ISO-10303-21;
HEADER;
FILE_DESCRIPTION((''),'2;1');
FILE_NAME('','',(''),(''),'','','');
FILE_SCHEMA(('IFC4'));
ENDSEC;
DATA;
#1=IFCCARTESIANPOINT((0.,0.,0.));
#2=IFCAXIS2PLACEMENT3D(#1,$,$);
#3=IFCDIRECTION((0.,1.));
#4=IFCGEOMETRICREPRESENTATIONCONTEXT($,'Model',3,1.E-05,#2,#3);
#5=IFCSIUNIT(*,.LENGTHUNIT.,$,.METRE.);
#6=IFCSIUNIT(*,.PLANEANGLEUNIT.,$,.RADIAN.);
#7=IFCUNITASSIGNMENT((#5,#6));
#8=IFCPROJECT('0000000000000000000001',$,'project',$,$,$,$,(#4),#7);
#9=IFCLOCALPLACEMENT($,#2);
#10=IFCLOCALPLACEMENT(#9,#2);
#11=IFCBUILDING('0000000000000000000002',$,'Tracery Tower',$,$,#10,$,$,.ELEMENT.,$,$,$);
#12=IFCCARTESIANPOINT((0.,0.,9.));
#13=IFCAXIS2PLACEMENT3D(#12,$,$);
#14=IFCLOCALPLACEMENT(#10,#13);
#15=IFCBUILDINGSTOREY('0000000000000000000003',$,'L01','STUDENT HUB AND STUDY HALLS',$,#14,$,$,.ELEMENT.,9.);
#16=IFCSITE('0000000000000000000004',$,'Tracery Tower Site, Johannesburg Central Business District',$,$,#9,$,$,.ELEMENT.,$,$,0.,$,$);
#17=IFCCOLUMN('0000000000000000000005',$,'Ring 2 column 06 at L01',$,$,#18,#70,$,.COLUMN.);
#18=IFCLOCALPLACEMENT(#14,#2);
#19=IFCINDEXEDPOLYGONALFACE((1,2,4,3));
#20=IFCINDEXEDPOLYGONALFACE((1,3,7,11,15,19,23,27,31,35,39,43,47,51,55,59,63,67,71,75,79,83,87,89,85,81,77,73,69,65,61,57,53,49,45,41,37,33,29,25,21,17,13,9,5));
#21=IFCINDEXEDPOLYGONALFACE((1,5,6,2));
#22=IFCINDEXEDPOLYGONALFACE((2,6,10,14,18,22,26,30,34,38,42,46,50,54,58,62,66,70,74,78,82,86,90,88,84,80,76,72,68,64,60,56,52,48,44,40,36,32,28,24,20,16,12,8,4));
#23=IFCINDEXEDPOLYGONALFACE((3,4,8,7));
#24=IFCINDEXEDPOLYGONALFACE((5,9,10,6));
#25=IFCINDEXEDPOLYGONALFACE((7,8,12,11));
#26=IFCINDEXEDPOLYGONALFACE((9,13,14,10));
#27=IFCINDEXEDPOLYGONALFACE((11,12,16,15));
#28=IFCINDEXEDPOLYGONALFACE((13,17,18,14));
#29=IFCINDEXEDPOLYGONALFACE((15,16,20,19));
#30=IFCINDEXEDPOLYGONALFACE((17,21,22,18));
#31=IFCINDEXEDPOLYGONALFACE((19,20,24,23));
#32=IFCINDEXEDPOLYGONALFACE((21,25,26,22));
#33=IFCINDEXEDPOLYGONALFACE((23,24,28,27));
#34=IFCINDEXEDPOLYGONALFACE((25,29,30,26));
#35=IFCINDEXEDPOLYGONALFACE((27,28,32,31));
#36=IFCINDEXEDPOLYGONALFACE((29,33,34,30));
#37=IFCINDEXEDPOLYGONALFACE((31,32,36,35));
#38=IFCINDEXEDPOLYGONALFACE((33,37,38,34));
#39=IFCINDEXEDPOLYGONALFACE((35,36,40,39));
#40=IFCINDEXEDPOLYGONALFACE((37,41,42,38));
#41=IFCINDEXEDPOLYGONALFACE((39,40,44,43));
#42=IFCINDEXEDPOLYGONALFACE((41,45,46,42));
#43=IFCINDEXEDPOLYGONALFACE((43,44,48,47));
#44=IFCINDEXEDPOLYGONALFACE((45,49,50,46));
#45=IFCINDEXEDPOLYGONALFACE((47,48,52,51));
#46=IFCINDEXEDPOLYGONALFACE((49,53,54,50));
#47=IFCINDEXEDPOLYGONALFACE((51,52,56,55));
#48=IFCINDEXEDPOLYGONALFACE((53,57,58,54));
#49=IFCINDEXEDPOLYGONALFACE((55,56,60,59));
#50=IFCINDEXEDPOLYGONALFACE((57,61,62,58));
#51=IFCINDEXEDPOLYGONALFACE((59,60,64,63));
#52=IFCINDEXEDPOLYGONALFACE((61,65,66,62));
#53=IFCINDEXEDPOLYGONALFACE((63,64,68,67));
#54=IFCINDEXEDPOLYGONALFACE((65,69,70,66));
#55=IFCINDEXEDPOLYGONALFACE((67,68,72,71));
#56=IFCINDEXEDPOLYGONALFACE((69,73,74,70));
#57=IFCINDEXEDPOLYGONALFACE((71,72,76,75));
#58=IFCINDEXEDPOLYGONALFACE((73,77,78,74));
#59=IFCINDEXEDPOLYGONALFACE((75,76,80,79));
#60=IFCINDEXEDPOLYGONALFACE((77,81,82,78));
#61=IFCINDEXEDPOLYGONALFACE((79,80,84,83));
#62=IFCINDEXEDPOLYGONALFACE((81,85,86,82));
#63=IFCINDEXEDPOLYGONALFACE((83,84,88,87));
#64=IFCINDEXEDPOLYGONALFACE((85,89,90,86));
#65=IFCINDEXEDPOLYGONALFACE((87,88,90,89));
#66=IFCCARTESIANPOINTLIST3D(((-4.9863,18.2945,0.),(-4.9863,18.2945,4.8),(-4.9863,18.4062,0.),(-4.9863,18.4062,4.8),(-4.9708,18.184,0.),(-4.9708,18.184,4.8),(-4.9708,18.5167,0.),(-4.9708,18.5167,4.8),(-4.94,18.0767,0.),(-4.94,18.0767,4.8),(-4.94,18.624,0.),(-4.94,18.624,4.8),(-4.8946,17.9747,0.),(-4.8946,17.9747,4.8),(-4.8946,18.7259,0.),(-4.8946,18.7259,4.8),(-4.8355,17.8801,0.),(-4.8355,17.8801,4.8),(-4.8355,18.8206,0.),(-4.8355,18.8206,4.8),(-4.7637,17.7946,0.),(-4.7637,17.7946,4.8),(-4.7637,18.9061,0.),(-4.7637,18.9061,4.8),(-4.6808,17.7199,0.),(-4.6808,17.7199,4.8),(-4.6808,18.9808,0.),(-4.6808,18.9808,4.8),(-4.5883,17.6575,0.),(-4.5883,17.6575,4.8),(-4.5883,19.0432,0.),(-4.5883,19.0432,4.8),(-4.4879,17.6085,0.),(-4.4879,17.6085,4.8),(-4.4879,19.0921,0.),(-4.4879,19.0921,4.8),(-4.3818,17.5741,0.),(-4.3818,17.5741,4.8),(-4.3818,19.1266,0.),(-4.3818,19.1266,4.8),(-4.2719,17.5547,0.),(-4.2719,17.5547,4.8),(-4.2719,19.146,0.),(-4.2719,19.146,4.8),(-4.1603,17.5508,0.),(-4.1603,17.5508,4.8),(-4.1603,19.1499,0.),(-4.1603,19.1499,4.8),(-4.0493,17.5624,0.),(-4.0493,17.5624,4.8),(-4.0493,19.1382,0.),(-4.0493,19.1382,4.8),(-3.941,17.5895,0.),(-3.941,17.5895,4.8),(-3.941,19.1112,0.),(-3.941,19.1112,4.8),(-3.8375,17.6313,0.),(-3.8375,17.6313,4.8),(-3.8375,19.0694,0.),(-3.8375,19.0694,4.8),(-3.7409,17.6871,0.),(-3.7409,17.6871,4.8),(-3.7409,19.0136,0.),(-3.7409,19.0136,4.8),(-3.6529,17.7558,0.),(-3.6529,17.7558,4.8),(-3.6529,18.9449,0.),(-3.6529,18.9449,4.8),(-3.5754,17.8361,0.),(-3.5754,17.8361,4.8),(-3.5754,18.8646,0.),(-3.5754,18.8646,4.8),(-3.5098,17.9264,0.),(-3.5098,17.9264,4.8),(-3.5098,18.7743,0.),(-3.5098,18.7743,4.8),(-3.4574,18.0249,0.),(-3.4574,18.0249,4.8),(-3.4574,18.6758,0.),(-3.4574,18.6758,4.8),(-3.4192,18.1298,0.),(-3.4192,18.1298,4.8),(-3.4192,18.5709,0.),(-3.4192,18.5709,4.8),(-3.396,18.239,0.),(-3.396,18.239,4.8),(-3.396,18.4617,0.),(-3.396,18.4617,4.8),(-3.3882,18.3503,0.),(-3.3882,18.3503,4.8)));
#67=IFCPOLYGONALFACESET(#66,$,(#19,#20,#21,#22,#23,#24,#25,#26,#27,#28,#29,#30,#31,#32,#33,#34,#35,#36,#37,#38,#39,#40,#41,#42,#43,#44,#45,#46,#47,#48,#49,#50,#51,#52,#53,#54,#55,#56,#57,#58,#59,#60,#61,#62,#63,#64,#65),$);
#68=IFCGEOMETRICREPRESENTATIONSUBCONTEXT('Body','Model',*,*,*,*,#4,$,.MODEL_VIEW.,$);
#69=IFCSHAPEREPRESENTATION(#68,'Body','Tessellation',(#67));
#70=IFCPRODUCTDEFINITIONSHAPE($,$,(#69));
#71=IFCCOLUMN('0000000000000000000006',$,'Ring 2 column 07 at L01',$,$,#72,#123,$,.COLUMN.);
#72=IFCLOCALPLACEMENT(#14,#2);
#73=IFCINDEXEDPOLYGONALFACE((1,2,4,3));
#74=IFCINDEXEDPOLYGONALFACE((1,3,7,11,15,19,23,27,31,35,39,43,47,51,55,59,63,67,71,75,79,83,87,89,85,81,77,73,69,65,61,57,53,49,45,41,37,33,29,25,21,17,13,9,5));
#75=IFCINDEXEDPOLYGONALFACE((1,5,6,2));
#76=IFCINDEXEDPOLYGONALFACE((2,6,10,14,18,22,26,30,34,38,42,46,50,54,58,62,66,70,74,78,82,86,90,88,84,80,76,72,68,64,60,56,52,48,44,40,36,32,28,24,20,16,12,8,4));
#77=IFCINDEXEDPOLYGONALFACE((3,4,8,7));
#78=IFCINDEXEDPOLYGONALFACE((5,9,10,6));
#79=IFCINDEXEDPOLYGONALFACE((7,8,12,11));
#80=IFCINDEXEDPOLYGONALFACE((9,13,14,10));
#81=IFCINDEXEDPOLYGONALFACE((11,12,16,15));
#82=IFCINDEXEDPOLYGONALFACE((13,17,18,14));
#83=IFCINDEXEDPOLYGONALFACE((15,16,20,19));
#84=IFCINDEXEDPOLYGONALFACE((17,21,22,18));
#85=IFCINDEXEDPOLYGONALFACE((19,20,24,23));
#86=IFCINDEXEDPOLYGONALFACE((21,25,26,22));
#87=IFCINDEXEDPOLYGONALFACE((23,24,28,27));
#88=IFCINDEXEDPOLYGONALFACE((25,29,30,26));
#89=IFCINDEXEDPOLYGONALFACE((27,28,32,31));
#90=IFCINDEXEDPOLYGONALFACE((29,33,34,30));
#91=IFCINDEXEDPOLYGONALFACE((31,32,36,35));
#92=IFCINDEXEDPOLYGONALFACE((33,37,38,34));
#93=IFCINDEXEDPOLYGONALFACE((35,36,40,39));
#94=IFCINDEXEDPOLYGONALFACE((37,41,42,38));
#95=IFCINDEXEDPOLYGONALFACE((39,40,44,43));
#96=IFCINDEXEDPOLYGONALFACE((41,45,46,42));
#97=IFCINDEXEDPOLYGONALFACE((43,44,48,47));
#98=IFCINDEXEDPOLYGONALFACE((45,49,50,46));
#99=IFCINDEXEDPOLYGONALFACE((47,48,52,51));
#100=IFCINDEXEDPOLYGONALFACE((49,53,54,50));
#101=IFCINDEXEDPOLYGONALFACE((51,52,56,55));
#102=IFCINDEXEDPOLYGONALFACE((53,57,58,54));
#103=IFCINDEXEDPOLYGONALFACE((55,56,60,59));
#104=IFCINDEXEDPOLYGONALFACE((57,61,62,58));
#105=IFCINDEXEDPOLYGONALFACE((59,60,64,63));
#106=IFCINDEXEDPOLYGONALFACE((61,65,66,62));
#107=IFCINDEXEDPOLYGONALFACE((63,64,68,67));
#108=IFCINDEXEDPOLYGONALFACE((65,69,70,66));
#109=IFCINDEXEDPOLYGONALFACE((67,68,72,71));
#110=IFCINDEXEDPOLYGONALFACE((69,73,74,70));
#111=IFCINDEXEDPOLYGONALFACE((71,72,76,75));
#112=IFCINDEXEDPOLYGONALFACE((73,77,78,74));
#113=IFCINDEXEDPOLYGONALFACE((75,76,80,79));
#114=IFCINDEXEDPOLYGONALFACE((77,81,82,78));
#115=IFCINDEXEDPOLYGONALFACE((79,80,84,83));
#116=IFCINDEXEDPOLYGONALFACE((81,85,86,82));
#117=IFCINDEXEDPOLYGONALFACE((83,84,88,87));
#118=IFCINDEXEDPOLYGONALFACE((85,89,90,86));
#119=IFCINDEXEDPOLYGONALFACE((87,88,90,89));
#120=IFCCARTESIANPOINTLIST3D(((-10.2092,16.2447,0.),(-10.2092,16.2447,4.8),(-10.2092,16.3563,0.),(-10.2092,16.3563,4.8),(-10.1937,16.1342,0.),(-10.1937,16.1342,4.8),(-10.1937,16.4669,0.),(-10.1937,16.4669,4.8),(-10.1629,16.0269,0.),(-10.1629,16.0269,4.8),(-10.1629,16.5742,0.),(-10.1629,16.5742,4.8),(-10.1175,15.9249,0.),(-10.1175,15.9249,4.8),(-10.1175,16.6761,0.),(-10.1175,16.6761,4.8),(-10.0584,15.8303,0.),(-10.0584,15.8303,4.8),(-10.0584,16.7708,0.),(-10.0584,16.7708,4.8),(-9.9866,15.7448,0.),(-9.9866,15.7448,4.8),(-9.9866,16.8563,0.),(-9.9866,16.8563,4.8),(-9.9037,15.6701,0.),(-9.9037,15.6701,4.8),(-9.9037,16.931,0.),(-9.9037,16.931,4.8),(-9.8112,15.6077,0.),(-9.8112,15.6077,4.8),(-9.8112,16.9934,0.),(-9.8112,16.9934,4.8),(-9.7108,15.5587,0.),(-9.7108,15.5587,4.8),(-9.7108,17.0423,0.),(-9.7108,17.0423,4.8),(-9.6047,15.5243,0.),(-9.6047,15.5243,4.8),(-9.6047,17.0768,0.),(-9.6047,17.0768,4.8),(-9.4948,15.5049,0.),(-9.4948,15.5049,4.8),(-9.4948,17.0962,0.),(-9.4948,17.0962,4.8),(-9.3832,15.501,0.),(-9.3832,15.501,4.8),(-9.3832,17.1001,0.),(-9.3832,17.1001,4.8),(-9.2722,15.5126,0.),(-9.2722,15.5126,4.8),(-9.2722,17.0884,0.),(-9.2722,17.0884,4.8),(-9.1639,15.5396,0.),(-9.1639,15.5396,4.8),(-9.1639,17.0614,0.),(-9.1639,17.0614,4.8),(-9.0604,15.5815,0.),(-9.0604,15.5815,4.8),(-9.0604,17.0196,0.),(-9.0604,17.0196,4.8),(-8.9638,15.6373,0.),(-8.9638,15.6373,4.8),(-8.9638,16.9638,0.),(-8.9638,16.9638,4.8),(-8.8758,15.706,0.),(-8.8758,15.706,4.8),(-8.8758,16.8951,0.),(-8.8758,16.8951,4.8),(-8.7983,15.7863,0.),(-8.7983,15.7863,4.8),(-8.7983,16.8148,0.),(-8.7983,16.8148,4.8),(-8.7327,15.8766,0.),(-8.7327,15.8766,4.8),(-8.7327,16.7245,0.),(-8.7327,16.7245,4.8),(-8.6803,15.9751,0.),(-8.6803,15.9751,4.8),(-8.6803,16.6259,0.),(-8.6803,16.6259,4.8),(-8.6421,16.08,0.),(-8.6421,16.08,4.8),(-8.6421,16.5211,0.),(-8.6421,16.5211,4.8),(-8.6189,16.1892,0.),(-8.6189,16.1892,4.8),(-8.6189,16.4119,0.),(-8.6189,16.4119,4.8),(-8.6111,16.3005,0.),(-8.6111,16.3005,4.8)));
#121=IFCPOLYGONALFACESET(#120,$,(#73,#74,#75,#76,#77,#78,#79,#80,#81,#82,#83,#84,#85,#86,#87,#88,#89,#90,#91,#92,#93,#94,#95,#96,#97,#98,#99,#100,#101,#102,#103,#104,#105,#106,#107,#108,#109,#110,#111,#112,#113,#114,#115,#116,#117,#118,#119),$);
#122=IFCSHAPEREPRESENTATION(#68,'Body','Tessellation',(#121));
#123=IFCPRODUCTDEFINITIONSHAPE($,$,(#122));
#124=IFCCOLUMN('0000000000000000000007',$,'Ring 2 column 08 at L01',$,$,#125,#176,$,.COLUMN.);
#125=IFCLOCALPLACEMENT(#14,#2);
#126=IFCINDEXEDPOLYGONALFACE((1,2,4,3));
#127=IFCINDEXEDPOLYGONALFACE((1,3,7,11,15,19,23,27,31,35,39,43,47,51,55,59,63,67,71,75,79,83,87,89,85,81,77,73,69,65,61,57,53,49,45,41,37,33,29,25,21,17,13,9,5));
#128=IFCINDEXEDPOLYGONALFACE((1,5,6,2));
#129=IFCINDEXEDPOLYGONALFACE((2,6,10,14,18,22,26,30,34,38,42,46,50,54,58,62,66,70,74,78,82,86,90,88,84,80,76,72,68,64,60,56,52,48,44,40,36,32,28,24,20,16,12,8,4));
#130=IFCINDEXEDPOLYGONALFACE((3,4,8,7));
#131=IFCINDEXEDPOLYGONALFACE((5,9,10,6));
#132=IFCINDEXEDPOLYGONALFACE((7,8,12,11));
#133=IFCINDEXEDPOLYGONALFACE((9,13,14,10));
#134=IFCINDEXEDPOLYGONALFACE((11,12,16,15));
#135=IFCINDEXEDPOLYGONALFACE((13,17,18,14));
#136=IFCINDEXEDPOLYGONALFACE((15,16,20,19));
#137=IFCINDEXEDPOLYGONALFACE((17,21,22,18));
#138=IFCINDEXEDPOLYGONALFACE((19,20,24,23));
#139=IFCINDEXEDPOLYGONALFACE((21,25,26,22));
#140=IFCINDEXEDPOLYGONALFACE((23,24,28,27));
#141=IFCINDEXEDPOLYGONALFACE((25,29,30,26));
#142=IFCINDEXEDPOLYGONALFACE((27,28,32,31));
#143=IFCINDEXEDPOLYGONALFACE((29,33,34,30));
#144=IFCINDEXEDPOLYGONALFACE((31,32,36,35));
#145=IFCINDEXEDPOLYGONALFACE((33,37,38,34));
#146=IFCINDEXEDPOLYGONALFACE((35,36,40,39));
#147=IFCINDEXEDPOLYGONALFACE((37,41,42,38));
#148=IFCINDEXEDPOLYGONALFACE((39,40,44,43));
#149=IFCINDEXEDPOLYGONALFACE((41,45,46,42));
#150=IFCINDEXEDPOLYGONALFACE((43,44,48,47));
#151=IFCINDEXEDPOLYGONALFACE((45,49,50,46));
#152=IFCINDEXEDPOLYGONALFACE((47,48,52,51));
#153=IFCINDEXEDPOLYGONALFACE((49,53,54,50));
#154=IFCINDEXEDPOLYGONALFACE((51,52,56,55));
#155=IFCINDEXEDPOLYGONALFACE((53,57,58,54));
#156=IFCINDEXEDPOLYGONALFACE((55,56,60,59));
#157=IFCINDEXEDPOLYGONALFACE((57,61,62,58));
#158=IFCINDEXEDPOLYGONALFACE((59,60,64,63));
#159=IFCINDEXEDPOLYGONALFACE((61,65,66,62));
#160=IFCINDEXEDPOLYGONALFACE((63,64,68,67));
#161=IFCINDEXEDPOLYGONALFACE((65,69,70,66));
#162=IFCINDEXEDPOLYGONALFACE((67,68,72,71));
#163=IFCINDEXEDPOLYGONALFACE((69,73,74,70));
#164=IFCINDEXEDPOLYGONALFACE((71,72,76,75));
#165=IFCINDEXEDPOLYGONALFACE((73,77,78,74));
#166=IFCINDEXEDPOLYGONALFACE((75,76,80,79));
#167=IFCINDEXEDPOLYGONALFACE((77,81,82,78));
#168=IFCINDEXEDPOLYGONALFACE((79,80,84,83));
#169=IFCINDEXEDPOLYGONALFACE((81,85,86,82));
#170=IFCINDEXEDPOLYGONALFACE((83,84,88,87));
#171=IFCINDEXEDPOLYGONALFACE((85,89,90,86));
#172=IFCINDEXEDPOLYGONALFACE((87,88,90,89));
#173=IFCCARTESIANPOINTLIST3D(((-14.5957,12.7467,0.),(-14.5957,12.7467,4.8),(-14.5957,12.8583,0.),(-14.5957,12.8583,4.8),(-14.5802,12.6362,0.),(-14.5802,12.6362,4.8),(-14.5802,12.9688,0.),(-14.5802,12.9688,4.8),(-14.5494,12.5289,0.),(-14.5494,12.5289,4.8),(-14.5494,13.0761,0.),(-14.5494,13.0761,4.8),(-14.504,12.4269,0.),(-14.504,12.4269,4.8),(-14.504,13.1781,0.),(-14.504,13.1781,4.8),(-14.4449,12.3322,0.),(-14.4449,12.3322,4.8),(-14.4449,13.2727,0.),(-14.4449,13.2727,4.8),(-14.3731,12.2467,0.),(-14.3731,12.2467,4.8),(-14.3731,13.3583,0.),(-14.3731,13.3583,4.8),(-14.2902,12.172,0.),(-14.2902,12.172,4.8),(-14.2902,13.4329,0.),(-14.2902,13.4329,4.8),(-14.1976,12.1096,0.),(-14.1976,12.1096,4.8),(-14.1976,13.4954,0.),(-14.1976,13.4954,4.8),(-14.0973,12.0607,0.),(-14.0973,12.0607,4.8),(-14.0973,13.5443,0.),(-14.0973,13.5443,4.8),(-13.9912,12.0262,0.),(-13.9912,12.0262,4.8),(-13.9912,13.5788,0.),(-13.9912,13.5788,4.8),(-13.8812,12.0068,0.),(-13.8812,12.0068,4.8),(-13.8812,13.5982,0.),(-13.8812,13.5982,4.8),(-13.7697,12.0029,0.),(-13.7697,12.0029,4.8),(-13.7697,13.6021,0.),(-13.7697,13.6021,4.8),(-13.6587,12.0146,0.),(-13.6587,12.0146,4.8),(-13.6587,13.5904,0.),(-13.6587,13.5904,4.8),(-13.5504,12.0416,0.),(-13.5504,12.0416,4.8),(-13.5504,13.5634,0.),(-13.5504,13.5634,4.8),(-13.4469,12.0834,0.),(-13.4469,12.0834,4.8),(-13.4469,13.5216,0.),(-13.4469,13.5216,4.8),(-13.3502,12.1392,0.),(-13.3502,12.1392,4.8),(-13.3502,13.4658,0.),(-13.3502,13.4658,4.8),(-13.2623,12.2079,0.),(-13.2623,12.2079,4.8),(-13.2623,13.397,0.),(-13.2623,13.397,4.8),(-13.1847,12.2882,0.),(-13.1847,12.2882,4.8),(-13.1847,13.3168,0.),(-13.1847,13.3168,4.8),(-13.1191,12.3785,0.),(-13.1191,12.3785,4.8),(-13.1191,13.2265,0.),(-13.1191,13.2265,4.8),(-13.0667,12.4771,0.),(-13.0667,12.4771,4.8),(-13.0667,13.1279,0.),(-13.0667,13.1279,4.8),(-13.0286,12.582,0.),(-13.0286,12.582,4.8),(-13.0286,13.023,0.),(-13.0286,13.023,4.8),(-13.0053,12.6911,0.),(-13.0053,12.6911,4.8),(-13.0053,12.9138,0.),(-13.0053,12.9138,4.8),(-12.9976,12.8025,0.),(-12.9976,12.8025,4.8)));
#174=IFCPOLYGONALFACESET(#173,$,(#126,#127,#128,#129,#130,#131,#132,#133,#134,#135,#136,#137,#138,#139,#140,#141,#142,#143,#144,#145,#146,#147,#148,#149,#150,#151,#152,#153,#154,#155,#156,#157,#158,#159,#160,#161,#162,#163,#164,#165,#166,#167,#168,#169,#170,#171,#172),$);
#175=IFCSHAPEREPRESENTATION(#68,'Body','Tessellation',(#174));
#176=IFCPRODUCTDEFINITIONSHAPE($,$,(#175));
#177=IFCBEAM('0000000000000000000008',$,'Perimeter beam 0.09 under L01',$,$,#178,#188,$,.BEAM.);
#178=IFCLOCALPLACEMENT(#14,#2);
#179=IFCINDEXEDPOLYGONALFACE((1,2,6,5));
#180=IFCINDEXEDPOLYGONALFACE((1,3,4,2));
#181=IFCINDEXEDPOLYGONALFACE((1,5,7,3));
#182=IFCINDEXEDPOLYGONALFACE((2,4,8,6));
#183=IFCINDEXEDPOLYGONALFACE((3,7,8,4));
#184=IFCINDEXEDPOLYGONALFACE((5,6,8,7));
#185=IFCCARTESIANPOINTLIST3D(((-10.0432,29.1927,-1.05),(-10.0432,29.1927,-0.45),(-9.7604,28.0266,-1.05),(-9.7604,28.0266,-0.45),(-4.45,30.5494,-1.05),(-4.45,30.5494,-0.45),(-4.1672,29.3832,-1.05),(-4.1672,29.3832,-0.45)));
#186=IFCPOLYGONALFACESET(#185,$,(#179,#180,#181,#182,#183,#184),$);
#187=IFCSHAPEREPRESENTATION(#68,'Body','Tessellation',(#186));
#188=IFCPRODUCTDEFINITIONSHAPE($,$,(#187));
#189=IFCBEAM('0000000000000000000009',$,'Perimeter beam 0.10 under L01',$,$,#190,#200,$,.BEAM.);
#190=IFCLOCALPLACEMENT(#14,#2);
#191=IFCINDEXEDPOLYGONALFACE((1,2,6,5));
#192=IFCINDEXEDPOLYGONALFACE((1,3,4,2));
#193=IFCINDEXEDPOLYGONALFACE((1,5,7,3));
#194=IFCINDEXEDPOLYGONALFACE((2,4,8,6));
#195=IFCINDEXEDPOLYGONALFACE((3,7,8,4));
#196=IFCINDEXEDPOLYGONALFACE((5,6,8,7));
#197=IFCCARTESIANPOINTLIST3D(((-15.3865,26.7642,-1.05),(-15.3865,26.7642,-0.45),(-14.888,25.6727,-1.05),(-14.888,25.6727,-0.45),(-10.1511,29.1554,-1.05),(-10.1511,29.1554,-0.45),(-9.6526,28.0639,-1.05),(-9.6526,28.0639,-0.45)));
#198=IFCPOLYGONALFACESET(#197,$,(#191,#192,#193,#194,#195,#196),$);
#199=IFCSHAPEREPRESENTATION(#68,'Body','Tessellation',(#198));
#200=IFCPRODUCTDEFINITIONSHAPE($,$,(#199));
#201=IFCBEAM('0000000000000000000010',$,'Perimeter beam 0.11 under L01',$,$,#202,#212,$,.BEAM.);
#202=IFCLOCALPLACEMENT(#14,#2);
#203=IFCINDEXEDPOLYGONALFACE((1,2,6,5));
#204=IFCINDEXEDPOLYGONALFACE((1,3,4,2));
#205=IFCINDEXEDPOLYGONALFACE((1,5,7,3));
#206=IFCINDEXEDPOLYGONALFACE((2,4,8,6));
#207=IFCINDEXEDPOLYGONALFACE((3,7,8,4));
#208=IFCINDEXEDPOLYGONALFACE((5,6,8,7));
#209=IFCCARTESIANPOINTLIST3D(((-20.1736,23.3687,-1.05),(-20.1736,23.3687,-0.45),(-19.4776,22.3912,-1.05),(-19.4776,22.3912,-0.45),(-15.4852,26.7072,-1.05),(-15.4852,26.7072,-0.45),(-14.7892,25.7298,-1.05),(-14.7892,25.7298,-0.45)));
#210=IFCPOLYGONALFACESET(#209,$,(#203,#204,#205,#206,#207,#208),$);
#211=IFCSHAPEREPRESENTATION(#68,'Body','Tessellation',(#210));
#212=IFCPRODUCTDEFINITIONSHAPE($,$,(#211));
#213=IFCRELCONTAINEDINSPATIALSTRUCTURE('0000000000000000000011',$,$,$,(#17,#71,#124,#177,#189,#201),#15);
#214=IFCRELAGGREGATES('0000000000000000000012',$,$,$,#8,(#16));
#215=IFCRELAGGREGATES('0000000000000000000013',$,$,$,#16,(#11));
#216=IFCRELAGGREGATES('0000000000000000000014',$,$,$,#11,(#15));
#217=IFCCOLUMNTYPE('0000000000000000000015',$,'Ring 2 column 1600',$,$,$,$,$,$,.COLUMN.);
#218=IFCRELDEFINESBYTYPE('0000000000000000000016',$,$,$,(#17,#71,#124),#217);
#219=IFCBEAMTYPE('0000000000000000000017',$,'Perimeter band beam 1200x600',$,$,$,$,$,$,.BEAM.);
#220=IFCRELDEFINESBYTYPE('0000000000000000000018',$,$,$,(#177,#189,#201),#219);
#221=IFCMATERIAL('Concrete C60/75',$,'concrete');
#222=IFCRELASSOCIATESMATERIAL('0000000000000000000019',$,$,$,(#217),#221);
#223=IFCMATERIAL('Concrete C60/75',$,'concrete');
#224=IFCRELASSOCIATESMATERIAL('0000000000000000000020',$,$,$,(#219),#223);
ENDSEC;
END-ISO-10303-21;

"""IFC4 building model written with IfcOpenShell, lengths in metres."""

from ifc_helpers import new_model, si_unit, direction, frame, origin, origin_2d, place, context, subcontext, project, spatial, rectangle, circle, extrude, material, material_profile, profile_set, type_object, element, save


model = new_model("IFC4")

# Units and contexts
model_context = context("Model", 3, precision=1e-05, world=origin(), true_north=direction((0.0, 1.0)))
body_context = subcontext(model_context, "Body", "Model", "MODEL_VIEW")
ifc_project = project(units=[si_unit("LENGTHUNIT", "METRE"), si_unit("PLANEANGLEUNIT", "RADIAN")], contexts=[model_context])

# Site, building, storey
site_placement = place(None, origin())
site = spatial("IfcSite", under=ifc_project, at=site_placement, Name="Tracery Tower Site, Johannesburg Central Business District", CompositionType="ELEMENT", RefElevation=0.0)
building_placement = place(site_placement, origin())
building = spatial("IfcBuilding", under=site, at=building_placement, Name="Tracery Tower", CompositionType="ELEMENT")
storey_placement = place(building_placement, frame((0.0, 0.0, 9.0)))
storey = spatial("IfcBuildingStorey", under=building, at=storey_placement, Name="L01", Description="STUDENT HUB AND STUDY HALLS", CompositionType="ELEMENT", Elevation=9.0)

# Columns
ifc_material_1 = material(Name="Concrete C60/75", Category="concrete")
ifc_material_profile_1 = material_profile(ifc_material_1, circle(Radius=0.8, at=origin_2d()), Name="RC D1600")
ifc_profile_set_1 = profile_set([ifc_material_profile_1], Name="Concrete C60/75")
column_type_1 = type_object("IfcColumnType", Name="Ring 2 column 1600", PredefinedType="COLUMN", material=ifc_profile_set_1)
for number, where, z_axis, x_axis, name in (
    (1, (-4.1882, 18.3503, 0.0), (0.0, 0.0, 1.0), (1.0, 0.0, 0.0), "Ring 2 column 06 at L01"),
    (2, (-9.4111, 16.3005, 0.0), (0.0, 0.0, 1.0), (1.0, 0.0, 0.0), "Ring 2 column 07 at L01"),
    (3, (-13.7976, 12.8025, 0.0), (0.0, 0.0, 1.0), (1.0, 0.0, 0.0), "Ring 2 column 08 at L01"),
):
    element("IfcColumn", number, at=place(storey_placement, frame(where, z_axis=z_axis, x_axis=x_axis)), inside=storey, type_object=column_type_1, Name=name, PredefinedType="COLUMN", context=body_context, shape_type="SweptSolid", body=[
        extrude(circle(Radius=0.8, at=origin_2d()), origin(), (0.0, 0.0, 1.0), 4.8),
    ])

# Beams
ifc_material_2 = material(Name="Concrete C60/75", Category="concrete")
ifc_material_profile_2 = material_profile(ifc_material_2, rectangle(XDim=1.2, YDim=0.6001, at=origin_2d()), Name="RC 1200x600")
ifc_profile_set_2 = profile_set([ifc_material_profile_2], Name="Concrete C60/75")
beam_type = type_object("IfcBeamType", Name="Perimeter band beam 1200x600", PredefinedType="BEAM", material=ifc_profile_set_2)
beam_placement = place(storey_placement, frame((-4.3086, 29.9663, -0.75), z_axis=(-0.97182, -0.235723, 0.0), x_axis=(0.235723, -0.97182, 0.0)))
element("IfcBeam", 4, at=beam_placement, inside=storey, type_object=beam_type, Name="Perimeter beam 0.09 under L01", PredefinedType="BEAM", context=body_context, shape_type="SweptSolid", body=[
    extrude(rectangle(XDim=1.2, YDim=0.6001, at=origin_2d()), origin(), (0.0, 0.0, 1.0), 5.7554),
])
for number, where, z_axis, x_axis, name in (
    (5, (-9.9019, 28.6096, -0.75), (-0.909618, -0.415445, 0.0), (0.415445, -0.909618, 0.0), "Perimeter beam 0.10 under L01"),
    (6, (-15.1372, 26.2185, -0.75), (-0.814578, -0.580054, 0.0), (0.580054, -0.814578, 0.0), "Perimeter beam 0.11 under L01"),
):
    element("IfcBeam", number, at=place(storey_placement, frame(where, z_axis=z_axis, x_axis=x_axis)), inside=storey, type_object=beam_type, Name=name, PredefinedType="BEAM", context=body_context, shape_type="SweptSolid", body=[
        extrude(rectangle(XDim=1.2, YDim=0.6001, at=origin_2d()), origin(), (0.0, 0.0, 1.0), 5.7556),
    ])

save(model, "model.ifc")
